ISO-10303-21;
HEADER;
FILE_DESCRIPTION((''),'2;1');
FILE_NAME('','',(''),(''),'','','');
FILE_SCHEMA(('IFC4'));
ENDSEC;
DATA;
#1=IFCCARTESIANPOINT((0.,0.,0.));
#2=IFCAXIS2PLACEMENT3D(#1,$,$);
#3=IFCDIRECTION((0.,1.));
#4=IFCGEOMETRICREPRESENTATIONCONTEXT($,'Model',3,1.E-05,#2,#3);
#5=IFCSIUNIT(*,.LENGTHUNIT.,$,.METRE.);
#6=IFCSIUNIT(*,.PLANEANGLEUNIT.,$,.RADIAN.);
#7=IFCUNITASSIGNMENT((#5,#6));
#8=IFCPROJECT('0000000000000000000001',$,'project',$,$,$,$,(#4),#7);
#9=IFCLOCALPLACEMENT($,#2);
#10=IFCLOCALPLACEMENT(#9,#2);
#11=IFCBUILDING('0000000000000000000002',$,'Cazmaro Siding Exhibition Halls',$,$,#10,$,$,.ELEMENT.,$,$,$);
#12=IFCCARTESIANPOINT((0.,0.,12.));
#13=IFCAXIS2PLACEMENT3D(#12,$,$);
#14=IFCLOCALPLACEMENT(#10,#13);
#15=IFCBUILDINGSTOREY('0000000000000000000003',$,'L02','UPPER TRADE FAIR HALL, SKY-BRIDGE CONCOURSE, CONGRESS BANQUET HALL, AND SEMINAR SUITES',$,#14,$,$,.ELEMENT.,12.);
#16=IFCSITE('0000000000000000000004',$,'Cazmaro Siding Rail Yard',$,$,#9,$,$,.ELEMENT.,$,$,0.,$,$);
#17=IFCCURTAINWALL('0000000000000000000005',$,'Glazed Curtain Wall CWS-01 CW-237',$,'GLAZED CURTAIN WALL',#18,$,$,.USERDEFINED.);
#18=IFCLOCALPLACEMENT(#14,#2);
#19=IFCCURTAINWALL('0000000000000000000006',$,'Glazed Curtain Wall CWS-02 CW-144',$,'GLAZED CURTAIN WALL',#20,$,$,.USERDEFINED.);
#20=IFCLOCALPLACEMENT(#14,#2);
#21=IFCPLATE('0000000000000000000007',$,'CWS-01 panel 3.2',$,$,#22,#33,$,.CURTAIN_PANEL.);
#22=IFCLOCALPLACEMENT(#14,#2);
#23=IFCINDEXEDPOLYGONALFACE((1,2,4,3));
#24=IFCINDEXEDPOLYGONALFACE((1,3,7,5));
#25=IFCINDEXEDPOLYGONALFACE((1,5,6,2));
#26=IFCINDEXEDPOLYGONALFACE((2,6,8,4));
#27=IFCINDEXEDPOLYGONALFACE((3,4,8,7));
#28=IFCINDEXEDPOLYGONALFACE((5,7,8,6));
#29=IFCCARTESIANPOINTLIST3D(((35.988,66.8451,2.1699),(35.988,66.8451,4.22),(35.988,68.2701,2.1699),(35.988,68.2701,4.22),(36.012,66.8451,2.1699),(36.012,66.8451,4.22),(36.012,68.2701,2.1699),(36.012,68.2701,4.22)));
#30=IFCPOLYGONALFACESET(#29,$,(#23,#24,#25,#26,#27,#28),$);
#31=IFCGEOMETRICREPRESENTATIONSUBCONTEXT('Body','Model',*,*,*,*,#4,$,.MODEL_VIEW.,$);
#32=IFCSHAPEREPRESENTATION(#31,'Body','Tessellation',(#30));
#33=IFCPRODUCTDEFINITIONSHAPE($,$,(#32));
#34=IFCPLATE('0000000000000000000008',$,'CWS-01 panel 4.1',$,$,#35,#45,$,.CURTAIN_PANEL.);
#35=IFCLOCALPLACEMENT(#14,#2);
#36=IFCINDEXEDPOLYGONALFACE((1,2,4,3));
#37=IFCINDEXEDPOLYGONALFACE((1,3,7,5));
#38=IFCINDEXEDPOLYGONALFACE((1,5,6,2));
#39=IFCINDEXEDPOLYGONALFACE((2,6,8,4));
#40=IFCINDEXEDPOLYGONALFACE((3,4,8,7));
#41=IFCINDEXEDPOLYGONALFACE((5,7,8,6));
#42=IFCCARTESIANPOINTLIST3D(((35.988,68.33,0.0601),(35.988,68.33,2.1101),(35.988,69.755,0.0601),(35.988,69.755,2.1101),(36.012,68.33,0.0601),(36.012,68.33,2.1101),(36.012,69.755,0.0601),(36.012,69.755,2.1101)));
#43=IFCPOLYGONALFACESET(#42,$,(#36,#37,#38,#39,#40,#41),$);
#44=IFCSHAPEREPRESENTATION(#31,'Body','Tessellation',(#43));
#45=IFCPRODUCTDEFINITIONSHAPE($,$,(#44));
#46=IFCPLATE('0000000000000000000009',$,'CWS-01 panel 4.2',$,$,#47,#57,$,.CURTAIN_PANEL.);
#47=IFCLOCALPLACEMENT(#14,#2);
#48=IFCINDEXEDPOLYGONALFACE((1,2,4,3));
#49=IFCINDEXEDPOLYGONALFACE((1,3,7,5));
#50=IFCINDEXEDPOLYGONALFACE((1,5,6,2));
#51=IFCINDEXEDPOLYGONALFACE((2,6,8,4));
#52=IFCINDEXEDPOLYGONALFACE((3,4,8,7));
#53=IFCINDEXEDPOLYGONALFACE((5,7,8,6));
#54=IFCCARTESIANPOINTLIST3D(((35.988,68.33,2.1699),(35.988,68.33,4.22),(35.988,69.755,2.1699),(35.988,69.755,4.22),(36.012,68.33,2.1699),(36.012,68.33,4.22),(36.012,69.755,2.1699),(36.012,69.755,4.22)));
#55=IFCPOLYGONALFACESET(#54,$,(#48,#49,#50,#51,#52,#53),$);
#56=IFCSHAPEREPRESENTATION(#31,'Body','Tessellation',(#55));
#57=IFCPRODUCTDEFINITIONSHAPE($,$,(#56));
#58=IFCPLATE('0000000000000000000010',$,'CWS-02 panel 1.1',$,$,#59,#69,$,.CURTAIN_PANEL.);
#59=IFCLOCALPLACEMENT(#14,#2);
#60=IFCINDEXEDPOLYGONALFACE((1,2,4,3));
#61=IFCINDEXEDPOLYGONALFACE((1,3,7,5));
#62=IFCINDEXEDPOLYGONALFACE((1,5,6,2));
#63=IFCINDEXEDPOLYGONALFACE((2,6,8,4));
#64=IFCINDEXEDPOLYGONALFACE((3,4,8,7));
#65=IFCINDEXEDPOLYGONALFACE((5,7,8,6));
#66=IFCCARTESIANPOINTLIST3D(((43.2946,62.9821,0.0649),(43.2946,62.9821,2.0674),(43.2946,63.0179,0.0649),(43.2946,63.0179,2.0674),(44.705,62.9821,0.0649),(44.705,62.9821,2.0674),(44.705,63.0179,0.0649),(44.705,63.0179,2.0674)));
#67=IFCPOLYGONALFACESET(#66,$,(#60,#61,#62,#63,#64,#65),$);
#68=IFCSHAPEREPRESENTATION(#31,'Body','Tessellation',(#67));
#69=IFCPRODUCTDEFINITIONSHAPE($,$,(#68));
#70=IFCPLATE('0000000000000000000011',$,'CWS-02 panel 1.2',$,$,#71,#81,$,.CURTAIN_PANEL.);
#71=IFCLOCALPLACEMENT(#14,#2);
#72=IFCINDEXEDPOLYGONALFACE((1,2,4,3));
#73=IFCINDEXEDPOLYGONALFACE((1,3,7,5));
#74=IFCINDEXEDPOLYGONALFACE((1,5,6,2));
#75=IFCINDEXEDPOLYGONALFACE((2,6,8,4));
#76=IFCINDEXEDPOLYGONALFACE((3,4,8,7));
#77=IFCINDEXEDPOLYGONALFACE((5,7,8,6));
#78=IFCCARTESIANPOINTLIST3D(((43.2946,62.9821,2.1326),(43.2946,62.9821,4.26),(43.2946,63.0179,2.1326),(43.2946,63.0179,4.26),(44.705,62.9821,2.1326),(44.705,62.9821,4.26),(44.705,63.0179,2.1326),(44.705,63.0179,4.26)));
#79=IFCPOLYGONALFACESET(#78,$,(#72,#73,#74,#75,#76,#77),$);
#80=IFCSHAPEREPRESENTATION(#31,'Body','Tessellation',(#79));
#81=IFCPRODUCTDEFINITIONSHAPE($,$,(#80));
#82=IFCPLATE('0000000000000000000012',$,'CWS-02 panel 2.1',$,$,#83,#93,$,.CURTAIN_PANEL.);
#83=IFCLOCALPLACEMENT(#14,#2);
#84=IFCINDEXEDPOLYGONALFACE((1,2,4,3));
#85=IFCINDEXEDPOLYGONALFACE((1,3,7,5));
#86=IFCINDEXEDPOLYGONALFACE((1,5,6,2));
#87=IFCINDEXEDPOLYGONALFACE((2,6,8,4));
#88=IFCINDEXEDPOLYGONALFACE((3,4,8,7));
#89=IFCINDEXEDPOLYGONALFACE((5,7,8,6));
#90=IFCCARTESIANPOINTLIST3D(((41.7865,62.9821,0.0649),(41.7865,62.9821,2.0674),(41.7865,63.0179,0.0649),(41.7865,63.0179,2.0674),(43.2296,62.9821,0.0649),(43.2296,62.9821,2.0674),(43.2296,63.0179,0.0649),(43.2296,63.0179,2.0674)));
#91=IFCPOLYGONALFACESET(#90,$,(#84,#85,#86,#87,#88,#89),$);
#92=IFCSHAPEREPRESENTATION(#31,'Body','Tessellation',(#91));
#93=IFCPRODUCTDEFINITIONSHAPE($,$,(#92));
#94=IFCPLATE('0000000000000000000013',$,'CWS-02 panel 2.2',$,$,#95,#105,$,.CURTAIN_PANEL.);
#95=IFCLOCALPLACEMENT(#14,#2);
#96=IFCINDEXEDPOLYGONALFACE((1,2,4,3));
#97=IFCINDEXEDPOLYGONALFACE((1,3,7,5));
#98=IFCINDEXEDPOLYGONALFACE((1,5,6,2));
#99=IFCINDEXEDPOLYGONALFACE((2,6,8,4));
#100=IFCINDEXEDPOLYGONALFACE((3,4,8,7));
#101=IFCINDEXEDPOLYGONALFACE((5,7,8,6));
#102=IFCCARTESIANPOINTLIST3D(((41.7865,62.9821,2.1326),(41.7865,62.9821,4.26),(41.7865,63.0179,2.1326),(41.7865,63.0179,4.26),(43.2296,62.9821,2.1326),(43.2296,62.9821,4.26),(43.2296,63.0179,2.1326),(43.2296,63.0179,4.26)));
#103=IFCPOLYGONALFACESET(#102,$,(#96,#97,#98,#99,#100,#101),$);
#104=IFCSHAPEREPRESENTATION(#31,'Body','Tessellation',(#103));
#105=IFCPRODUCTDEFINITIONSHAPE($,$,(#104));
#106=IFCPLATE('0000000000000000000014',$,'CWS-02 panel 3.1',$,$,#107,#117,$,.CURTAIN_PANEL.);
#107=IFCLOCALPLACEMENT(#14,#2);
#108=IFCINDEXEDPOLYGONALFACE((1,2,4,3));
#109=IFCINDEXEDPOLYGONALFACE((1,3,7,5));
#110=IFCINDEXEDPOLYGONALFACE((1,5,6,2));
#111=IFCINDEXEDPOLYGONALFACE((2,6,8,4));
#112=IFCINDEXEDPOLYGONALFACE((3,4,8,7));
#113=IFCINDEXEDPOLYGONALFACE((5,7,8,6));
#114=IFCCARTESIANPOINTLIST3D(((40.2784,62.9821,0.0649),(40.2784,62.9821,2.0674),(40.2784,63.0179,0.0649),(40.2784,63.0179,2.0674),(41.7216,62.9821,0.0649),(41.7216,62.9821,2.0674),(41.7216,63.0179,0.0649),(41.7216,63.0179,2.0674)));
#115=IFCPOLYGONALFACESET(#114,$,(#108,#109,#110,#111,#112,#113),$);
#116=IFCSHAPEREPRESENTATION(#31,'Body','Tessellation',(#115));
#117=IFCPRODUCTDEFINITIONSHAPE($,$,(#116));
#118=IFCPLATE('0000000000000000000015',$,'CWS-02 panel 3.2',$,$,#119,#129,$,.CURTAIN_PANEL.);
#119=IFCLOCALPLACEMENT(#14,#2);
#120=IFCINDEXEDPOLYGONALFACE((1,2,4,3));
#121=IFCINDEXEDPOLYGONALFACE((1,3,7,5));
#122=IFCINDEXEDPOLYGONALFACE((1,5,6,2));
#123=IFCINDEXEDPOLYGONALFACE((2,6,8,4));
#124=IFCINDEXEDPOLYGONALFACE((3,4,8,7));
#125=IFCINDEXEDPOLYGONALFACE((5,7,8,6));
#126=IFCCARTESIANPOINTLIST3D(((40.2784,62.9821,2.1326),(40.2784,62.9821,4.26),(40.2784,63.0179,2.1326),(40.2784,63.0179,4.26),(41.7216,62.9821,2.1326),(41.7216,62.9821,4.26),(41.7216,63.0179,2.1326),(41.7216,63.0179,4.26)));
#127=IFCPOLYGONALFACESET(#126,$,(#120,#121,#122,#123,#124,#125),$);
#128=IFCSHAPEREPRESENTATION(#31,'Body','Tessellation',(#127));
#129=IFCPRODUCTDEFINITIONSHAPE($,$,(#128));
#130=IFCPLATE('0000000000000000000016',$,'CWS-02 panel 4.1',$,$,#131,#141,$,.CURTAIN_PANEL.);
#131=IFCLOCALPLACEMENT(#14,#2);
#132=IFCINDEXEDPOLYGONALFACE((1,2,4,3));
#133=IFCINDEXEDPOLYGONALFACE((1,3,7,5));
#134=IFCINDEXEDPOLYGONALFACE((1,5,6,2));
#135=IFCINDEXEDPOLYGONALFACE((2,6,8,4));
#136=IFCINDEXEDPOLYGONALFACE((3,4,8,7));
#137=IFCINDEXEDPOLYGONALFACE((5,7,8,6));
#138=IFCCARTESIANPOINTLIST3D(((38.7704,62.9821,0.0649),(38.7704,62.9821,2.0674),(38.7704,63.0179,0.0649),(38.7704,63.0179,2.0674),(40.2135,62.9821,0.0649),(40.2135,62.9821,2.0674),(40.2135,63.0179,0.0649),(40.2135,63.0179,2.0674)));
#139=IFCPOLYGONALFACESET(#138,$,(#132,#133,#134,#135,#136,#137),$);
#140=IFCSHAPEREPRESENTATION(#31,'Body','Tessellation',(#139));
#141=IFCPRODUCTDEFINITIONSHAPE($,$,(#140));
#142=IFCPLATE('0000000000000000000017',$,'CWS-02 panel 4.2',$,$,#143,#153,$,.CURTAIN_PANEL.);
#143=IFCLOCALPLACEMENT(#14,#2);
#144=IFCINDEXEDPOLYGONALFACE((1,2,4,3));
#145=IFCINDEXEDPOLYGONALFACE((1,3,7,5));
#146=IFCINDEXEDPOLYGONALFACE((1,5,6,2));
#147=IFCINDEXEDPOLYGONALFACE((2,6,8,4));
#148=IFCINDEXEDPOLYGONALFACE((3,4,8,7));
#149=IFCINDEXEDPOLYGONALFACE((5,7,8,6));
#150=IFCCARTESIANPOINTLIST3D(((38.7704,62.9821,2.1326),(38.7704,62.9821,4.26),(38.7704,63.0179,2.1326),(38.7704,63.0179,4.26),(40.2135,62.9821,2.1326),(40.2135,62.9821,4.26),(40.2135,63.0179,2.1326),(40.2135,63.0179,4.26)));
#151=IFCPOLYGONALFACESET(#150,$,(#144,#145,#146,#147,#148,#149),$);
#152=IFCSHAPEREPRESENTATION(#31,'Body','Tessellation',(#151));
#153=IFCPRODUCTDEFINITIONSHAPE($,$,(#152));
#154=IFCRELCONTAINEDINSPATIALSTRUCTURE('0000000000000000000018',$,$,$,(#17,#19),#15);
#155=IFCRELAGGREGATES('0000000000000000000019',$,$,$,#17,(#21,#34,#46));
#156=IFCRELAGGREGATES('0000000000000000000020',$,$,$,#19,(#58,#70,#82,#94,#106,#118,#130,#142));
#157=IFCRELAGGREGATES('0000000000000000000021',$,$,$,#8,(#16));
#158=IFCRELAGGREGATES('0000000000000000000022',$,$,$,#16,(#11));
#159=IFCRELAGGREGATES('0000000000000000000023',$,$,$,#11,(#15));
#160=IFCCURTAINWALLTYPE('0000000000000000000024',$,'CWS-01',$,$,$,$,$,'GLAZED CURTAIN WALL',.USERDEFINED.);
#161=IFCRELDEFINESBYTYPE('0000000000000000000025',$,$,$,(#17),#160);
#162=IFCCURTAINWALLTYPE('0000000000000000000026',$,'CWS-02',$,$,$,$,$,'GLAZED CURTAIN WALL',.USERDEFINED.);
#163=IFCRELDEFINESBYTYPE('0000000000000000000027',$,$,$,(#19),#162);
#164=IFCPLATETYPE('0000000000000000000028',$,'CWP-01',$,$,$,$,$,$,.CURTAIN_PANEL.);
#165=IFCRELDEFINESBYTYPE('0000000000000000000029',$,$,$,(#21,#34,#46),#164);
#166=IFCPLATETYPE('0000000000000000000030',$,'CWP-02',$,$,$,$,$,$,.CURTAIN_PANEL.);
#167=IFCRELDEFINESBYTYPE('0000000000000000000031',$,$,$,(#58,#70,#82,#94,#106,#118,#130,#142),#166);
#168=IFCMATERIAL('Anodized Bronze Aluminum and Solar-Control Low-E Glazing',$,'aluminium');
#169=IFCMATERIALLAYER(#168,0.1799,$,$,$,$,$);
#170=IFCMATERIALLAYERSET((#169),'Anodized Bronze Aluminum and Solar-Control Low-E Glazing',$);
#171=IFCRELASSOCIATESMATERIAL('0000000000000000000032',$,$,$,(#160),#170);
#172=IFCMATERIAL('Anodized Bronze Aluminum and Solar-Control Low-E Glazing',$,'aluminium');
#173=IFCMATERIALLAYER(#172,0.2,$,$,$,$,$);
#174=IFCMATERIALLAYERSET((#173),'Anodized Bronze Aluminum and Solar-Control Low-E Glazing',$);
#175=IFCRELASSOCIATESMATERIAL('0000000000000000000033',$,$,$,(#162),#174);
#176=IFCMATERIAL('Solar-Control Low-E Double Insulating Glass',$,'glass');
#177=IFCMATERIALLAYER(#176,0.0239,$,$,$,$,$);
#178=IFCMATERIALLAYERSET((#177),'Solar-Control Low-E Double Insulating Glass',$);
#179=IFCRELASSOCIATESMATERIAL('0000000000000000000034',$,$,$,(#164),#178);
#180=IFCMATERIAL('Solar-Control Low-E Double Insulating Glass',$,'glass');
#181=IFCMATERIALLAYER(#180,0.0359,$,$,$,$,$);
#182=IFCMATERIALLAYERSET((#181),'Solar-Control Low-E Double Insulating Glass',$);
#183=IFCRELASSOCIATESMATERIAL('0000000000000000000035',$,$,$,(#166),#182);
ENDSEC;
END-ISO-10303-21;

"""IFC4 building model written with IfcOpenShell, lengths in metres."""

from ifc_helpers import new_model, si_unit, direction, frame, origin, origin_2d, place, context, subcontext, project, spatial, rectangle, extrude, material, layer, layer_set, type_object, element, aggregate, save


model = new_model("IFC4")

# Units and contexts
model_context = context("Model", 3, precision=1e-05, world=origin(), true_north=direction((0.0, 1.0)))
body_context = subcontext(model_context, "Body", "Model", "MODEL_VIEW")
ifc_project = project(units=[si_unit("LENGTHUNIT", "METRE"), si_unit("PLANEANGLEUNIT", "RADIAN")], contexts=[model_context])

# Site, building, storey
site_placement = place(None, origin())
site = spatial("IfcSite", under=ifc_project, at=site_placement, Name="Cazmaro Siding Rail Yard", CompositionType="ELEMENT", RefElevation=0.0)
building_placement = place(site_placement, origin())
building = spatial("IfcBuilding", under=site, at=building_placement, Name="Cazmaro Siding Exhibition Halls", CompositionType="ELEMENT")
storey_placement = place(building_placement, frame((0.0, 0.0, 12.0)))
storey = spatial("IfcBuildingStorey", under=building, at=storey_placement, Name="L02", Description="UPPER TRADE FAIR HALL, SKY-BRIDGE CONCOURSE, CONGRESS BANQUET HALL, AND SEMINAR SUITES", CompositionType="ELEMENT", Elevation=12.0)

# Curtain walls
ifc_material_1 = material(Name="Anodized Bronze Aluminum and Solar-Control Low-E Glazing", Category="aluminium")
ifc_layer_1 = layer(ifc_material_1, 0.1799)
ifc_layer_set_1 = layer_set([ifc_layer_1], Name="Anodized Bronze Aluminum and Solar-Control Low-E Glazing")
curtain_wall_type_1 = type_object("IfcCurtainWallType", Name="CWS-01", ElementType="GLAZED CURTAIN WALL", PredefinedType="USERDEFINED", material=ifc_layer_set_1)
curtain_wall_1_placement = place(storey_placement, origin())
curtain_wall_1 = element("IfcCurtainWall", 1, at=curtain_wall_1_placement, inside=storey, type_object=curtain_wall_type_1, Name="Glazed Curtain Wall CWS-01 CW-237", ObjectType="GLAZED CURTAIN WALL", PredefinedType="USERDEFINED")
ifc_material_2 = material(Name="Anodized Bronze Aluminum and Solar-Control Low-E Glazing", Category="aluminium")
ifc_layer_2 = layer(ifc_material_2, 0.2)
ifc_layer_set_2 = layer_set([ifc_layer_2], Name="Anodized Bronze Aluminum and Solar-Control Low-E Glazing")
curtain_wall_type_2 = type_object("IfcCurtainWallType", Name="CWS-02", ElementType="GLAZED CURTAIN WALL", PredefinedType="USERDEFINED", material=ifc_layer_set_2)
curtain_wall_2_placement = place(storey_placement, origin())
curtain_wall_2 = element("IfcCurtainWall", 2, at=curtain_wall_2_placement, inside=storey, type_object=curtain_wall_type_2, Name="Glazed Curtain Wall CWS-02 CW-144", ObjectType="GLAZED CURTAIN WALL", PredefinedType="USERDEFINED")

# Plates
ifc_material_3 = material(Name="Solar-Control Low-E Double Insulating Glass", Category="glass")
ifc_layer_3 = layer(ifc_material_3, 0.0239)
ifc_layer_set_3 = layer_set([ifc_layer_3], Name="Solar-Control Low-E Double Insulating Glass")
plate_type_1 = type_object("IfcPlateType", Name="CWP-01", PredefinedType="CURTAIN_PANEL", material=ifc_layer_set_3)
plate_1_placement = place(storey_placement, frame((36.0, 67.5576, 2.1699), z_axis=(0.0, 0.0, 1.0), x_axis=(0.0, 1.0, 0.0)))
plate_1 = element("IfcPlate", 3, at=plate_1_placement, type_object=plate_type_1, Name="CWS-01 panel 3.2", PredefinedType="CURTAIN_PANEL", context=body_context, shape_type="SweptSolid", body=[
    extrude(rectangle(XDim=1.425, YDim=0.0239, at=origin_2d()), origin(), (0.0, 0.0, 1.0), 2.05),
])
plate_2_placement = place(storey_placement, frame((36.0, 69.0425, 0.0601), z_axis=(0.0, 0.0, 1.0), x_axis=(0.0, 1.0, 0.0)))
plate_2 = element("IfcPlate", 4, at=plate_2_placement, type_object=plate_type_1, Name="CWS-01 panel 4.1", PredefinedType="CURTAIN_PANEL", context=body_context, shape_type="SweptSolid", body=[
    extrude(rectangle(XDim=1.425, YDim=0.0239, at=origin_2d()), origin(), (0.0, 0.0, 1.0), 2.05),
])
plate_3_placement = place(storey_placement, frame((36.0, 69.0425, 2.1699), z_axis=(0.0, 0.0, 1.0), x_axis=(0.0, 1.0, 0.0)))
plate_3 = element("IfcPlate", 5, at=plate_3_placement, type_object=plate_type_1, Name="CWS-01 panel 4.2", PredefinedType="CURTAIN_PANEL", context=body_context, shape_type="SweptSolid", body=[
    extrude(rectangle(XDim=1.425, YDim=0.0239, at=origin_2d()), origin(), (0.0, 0.0, 1.0), 2.05),
])
aggregate(curtain_wall_1, [plate_1, plate_2, plate_3])
ifc_material_4 = material(Name="Solar-Control Low-E Double Insulating Glass", Category="glass")
ifc_layer_4 = layer(ifc_material_4, 0.0359)
ifc_layer_set_4 = layer_set([ifc_layer_4], Name="Solar-Control Low-E Double Insulating Glass")
plate_type_2 = type_object("IfcPlateType", Name="CWP-02", PredefinedType="CURTAIN_PANEL", material=ifc_layer_set_4)
plate_4_placement = place(storey_placement, frame((43.9998, 63.0, 0.0649), z_axis=(0.0, 0.0, 1.0), x_axis=(-1.0, 0.0, 0.0)))
plate_4 = element("IfcPlate", 6, at=plate_4_placement, type_object=plate_type_2, Name="CWS-02 panel 1.1", PredefinedType="CURTAIN_PANEL", context=body_context, shape_type="SweptSolid", body=[
    extrude(rectangle(XDim=1.4104, YDim=0.0359, at=origin_2d()), origin(), (0.0, 0.0, 1.0), 2.0024),
])
plate_5_placement = place(storey_placement, frame((43.9998, 63.0, 2.1326), z_axis=(0.0, 0.0, 1.0), x_axis=(-1.0, 0.0, 0.0)))
plate_5 = element("IfcPlate", 7, at=plate_5_placement, type_object=plate_type_2, Name="CWS-02 panel 1.2", PredefinedType="CURTAIN_PANEL", context=body_context, shape_type="SweptSolid", body=[
    extrude(rectangle(XDim=1.4104, YDim=0.0359, at=origin_2d()), origin(), (0.0, 0.0, 1.0), 2.1274),
])
plate_6_placement = place(storey_placement, frame((42.5081, 63.0, 0.0649), z_axis=(0.0, 0.0, 1.0), x_axis=(-1.0, 0.0, 0.0)))
plate_6 = element("IfcPlate", 8, at=plate_6_placement, type_object=plate_type_2, Name="CWS-02 panel 2.1", PredefinedType="CURTAIN_PANEL", context=body_context, shape_type="SweptSolid", body=[
    extrude(rectangle(XDim=1.4431, YDim=0.0359, at=origin_2d()), origin(), (0.0, 0.0, 1.0), 2.0024),
])
plate_7_placement = place(storey_placement, frame((42.5081, 63.0, 2.1326), z_axis=(0.0, 0.0, 1.0), x_axis=(-1.0, 0.0, 0.0)))
plate_7 = element("IfcPlate", 9, at=plate_7_placement, type_object=plate_type_2, Name="CWS-02 panel 2.2", PredefinedType="CURTAIN_PANEL", context=body_context, shape_type="SweptSolid", body=[
    extrude(rectangle(XDim=1.4431, YDim=0.0359, at=origin_2d()), origin(), (0.0, 0.0, 1.0), 2.1274),
])
plate_8_placement = place(storey_placement, frame((41.0, 63.0, 0.0649), z_axis=(0.0, 0.0, 1.0), x_axis=(-1.0, 0.0, 0.0)))
plate_8 = element("IfcPlate", 10, at=plate_8_placement, type_object=plate_type_2, Name="CWS-02 panel 3.1", PredefinedType="CURTAIN_PANEL", context=body_context, shape_type="SweptSolid", body=[
    extrude(rectangle(XDim=1.4431, YDim=0.0359, at=origin_2d()), origin(), (0.0, 0.0, 1.0), 2.0024),
])
plate_9_placement = place(storey_placement, frame((41.0, 63.0, 2.1326), z_axis=(0.0, 0.0, 1.0), x_axis=(-1.0, 0.0, 0.0)))
plate_9 = element("IfcPlate", 11, at=plate_9_placement, type_object=plate_type_2, Name="CWS-02 panel 3.2", PredefinedType="CURTAIN_PANEL", context=body_context, shape_type="SweptSolid", body=[
    extrude(rectangle(XDim=1.4431, YDim=0.0359, at=origin_2d()), origin(), (0.0, 0.0, 1.0), 2.1274),
])
plate_10_placement = place(storey_placement, frame((39.4919, 63.0, 0.0649), z_axis=(0.0, 0.0, 1.0), x_axis=(-1.0, 0.0, 0.0)))
plate_10 = element("IfcPlate", 12, at=plate_10_placement, type_object=plate_type_2, Name="CWS-02 panel 4.1", PredefinedType="CURTAIN_PANEL", context=body_context, shape_type="SweptSolid", body=[
    extrude(rectangle(XDim=1.4431, YDim=0.0359, at=origin_2d()), origin(), (0.0, 0.0, 1.0), 2.0024),
])
plate_11_placement = place(storey_placement, frame((39.4919, 63.0, 2.1326), z_axis=(0.0, 0.0, 1.0), x_axis=(-1.0, 0.0, 0.0)))
plate_11 = element("IfcPlate", 13, at=plate_11_placement, type_object=plate_type_2, Name="CWS-02 panel 4.2", PredefinedType="CURTAIN_PANEL", context=body_context, shape_type="SweptSolid", body=[
    extrude(rectangle(XDim=1.4431, YDim=0.0359, at=origin_2d()), origin(), (0.0, 0.0, 1.0), 2.1274),
])
aggregate(curtain_wall_2, [plate_4, plate_5, plate_6, plate_7, plate_8, plate_9, plate_10, plate_11])

save(model, "model.ifc")
